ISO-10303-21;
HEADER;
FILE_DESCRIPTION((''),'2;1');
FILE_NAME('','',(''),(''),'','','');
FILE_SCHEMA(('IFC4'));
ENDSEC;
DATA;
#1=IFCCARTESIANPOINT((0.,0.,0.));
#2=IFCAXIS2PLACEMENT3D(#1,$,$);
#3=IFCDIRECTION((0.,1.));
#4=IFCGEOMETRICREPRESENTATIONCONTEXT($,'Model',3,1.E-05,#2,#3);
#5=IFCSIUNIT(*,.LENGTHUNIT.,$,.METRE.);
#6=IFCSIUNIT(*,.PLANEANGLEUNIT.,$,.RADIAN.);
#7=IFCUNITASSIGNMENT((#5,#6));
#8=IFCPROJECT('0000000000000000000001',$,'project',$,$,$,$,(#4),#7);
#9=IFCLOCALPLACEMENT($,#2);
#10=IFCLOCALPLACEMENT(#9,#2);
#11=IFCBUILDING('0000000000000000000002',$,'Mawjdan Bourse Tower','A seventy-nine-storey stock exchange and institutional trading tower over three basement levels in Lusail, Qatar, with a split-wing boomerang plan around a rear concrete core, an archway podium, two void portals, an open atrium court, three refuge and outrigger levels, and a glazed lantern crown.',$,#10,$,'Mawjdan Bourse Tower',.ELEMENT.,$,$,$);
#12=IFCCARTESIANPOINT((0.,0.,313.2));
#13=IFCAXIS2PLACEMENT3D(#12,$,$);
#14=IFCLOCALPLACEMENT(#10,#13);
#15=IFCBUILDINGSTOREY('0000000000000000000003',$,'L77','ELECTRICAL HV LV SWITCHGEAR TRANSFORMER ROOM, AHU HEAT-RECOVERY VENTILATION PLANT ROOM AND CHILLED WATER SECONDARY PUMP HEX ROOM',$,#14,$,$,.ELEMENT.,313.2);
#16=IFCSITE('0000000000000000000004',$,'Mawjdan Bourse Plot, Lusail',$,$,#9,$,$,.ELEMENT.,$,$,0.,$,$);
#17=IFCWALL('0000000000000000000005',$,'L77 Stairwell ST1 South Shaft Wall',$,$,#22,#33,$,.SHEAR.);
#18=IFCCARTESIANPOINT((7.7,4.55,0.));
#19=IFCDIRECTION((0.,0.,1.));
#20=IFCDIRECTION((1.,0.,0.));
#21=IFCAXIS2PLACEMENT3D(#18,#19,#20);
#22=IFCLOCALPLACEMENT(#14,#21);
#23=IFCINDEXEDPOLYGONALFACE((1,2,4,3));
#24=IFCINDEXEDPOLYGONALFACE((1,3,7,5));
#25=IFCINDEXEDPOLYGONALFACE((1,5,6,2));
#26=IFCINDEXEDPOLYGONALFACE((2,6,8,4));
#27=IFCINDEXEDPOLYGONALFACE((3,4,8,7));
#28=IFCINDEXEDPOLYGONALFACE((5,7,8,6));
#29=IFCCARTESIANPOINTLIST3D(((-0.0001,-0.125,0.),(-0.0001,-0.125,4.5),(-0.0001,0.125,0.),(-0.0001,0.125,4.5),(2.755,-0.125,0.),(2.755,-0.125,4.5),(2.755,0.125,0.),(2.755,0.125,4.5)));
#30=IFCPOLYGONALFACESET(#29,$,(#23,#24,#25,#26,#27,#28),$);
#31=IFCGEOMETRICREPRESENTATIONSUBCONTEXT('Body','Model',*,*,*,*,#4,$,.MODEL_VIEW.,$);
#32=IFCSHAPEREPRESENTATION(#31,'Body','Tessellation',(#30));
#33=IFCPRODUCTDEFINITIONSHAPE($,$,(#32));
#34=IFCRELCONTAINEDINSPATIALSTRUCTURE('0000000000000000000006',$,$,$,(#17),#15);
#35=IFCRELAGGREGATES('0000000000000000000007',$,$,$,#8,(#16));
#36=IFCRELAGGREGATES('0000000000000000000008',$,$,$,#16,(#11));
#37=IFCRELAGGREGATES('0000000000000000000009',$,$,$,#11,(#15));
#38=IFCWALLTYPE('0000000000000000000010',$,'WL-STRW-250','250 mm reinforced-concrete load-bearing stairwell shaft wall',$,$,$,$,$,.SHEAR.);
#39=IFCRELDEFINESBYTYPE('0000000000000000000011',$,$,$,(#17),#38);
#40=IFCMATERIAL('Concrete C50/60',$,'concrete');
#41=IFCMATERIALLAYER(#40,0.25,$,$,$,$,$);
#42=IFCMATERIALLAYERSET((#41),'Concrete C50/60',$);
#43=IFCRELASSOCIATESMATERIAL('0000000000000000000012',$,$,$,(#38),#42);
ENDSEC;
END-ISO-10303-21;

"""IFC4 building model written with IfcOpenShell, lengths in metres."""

from ifc_helpers import new_model, si_unit, direction, frame, frame_2d, origin, place, context, subcontext, project, spatial, rectangle, extrude, material, layer, layer_set, type_object, element, save


model = new_model("IFC4")

# Units and contexts
model_context = context("Model", 3, precision=1e-05, world=origin(), true_north=direction((0.0, 1.0)))
body_context = subcontext(model_context, "Body", "Model", "MODEL_VIEW")
ifc_project = project(units=[si_unit("LENGTHUNIT", "METRE"), si_unit("PLANEANGLEUNIT", "RADIAN")], contexts=[model_context])

# Site, building, storey
site_placement = place(None, origin())
site = spatial("IfcSite", under=ifc_project, at=site_placement, Name="Mawjdan Bourse Plot, Lusail", CompositionType="ELEMENT", RefElevation=0.0)
building_placement = place(site_placement, origin())
building = spatial("IfcBuilding", under=site, at=building_placement, Name="Mawjdan Bourse Tower", Description="A seventy-nine-storey stock exchange and institutional trading tower over three basement levels in Lusail, Qatar, with a split-wing boomerang plan around a rear concrete core, an archway podium, two void portals, an open atrium court, three refuge and outrigger levels, and a glazed lantern crown.", LongName="Mawjdan Bourse Tower", CompositionType="ELEMENT")
storey_placement = place(building_placement, frame((0.0, 0.0, 313.2)))
storey = spatial("IfcBuildingStorey", under=building, at=storey_placement, Name="L77", Description="ELECTRICAL HV LV SWITCHGEAR TRANSFORMER ROOM, AHU HEAT-RECOVERY VENTILATION PLANT ROOM AND CHILLED WATER SECONDARY PUMP HEX ROOM", CompositionType="ELEMENT", Elevation=313.2)

# Shared definitions
ifc_material_1 = material(Name="Concrete C50/60", Category="concrete")

# Wall
ifc_layer_1 = layer(ifc_material_1, 0.25)
ifc_layer_set_1 = layer_set([ifc_layer_1], Name="Concrete C50/60")
wall_type_1 = type_object("IfcWallType", Name="WL-STRW-250", Description="250 mm reinforced-concrete load-bearing stairwell shaft wall", PredefinedType="SHEAR", material=ifc_layer_set_1)
wall_1_placement = place(storey_placement, frame((7.7, 4.55, 0.0), z_axis=(0.0, 0.0, 1.0), x_axis=(1.0, 0.0, 0.0)))
element("IfcWall", 1, at=wall_1_placement, inside=storey, type_object=wall_type_1, Name="L77 Stairwell ST1 South Shaft Wall", PredefinedType="SHEAR", context=body_context, shape_type="SweptSolid", body=[
    extrude(rectangle(XDim=2.7551, YDim=0.25, at=frame_2d((1.3774, 0.0))), origin(), (0.0, 0.0, 1.0), 4.5),
])

save(model, "model.ifc")
